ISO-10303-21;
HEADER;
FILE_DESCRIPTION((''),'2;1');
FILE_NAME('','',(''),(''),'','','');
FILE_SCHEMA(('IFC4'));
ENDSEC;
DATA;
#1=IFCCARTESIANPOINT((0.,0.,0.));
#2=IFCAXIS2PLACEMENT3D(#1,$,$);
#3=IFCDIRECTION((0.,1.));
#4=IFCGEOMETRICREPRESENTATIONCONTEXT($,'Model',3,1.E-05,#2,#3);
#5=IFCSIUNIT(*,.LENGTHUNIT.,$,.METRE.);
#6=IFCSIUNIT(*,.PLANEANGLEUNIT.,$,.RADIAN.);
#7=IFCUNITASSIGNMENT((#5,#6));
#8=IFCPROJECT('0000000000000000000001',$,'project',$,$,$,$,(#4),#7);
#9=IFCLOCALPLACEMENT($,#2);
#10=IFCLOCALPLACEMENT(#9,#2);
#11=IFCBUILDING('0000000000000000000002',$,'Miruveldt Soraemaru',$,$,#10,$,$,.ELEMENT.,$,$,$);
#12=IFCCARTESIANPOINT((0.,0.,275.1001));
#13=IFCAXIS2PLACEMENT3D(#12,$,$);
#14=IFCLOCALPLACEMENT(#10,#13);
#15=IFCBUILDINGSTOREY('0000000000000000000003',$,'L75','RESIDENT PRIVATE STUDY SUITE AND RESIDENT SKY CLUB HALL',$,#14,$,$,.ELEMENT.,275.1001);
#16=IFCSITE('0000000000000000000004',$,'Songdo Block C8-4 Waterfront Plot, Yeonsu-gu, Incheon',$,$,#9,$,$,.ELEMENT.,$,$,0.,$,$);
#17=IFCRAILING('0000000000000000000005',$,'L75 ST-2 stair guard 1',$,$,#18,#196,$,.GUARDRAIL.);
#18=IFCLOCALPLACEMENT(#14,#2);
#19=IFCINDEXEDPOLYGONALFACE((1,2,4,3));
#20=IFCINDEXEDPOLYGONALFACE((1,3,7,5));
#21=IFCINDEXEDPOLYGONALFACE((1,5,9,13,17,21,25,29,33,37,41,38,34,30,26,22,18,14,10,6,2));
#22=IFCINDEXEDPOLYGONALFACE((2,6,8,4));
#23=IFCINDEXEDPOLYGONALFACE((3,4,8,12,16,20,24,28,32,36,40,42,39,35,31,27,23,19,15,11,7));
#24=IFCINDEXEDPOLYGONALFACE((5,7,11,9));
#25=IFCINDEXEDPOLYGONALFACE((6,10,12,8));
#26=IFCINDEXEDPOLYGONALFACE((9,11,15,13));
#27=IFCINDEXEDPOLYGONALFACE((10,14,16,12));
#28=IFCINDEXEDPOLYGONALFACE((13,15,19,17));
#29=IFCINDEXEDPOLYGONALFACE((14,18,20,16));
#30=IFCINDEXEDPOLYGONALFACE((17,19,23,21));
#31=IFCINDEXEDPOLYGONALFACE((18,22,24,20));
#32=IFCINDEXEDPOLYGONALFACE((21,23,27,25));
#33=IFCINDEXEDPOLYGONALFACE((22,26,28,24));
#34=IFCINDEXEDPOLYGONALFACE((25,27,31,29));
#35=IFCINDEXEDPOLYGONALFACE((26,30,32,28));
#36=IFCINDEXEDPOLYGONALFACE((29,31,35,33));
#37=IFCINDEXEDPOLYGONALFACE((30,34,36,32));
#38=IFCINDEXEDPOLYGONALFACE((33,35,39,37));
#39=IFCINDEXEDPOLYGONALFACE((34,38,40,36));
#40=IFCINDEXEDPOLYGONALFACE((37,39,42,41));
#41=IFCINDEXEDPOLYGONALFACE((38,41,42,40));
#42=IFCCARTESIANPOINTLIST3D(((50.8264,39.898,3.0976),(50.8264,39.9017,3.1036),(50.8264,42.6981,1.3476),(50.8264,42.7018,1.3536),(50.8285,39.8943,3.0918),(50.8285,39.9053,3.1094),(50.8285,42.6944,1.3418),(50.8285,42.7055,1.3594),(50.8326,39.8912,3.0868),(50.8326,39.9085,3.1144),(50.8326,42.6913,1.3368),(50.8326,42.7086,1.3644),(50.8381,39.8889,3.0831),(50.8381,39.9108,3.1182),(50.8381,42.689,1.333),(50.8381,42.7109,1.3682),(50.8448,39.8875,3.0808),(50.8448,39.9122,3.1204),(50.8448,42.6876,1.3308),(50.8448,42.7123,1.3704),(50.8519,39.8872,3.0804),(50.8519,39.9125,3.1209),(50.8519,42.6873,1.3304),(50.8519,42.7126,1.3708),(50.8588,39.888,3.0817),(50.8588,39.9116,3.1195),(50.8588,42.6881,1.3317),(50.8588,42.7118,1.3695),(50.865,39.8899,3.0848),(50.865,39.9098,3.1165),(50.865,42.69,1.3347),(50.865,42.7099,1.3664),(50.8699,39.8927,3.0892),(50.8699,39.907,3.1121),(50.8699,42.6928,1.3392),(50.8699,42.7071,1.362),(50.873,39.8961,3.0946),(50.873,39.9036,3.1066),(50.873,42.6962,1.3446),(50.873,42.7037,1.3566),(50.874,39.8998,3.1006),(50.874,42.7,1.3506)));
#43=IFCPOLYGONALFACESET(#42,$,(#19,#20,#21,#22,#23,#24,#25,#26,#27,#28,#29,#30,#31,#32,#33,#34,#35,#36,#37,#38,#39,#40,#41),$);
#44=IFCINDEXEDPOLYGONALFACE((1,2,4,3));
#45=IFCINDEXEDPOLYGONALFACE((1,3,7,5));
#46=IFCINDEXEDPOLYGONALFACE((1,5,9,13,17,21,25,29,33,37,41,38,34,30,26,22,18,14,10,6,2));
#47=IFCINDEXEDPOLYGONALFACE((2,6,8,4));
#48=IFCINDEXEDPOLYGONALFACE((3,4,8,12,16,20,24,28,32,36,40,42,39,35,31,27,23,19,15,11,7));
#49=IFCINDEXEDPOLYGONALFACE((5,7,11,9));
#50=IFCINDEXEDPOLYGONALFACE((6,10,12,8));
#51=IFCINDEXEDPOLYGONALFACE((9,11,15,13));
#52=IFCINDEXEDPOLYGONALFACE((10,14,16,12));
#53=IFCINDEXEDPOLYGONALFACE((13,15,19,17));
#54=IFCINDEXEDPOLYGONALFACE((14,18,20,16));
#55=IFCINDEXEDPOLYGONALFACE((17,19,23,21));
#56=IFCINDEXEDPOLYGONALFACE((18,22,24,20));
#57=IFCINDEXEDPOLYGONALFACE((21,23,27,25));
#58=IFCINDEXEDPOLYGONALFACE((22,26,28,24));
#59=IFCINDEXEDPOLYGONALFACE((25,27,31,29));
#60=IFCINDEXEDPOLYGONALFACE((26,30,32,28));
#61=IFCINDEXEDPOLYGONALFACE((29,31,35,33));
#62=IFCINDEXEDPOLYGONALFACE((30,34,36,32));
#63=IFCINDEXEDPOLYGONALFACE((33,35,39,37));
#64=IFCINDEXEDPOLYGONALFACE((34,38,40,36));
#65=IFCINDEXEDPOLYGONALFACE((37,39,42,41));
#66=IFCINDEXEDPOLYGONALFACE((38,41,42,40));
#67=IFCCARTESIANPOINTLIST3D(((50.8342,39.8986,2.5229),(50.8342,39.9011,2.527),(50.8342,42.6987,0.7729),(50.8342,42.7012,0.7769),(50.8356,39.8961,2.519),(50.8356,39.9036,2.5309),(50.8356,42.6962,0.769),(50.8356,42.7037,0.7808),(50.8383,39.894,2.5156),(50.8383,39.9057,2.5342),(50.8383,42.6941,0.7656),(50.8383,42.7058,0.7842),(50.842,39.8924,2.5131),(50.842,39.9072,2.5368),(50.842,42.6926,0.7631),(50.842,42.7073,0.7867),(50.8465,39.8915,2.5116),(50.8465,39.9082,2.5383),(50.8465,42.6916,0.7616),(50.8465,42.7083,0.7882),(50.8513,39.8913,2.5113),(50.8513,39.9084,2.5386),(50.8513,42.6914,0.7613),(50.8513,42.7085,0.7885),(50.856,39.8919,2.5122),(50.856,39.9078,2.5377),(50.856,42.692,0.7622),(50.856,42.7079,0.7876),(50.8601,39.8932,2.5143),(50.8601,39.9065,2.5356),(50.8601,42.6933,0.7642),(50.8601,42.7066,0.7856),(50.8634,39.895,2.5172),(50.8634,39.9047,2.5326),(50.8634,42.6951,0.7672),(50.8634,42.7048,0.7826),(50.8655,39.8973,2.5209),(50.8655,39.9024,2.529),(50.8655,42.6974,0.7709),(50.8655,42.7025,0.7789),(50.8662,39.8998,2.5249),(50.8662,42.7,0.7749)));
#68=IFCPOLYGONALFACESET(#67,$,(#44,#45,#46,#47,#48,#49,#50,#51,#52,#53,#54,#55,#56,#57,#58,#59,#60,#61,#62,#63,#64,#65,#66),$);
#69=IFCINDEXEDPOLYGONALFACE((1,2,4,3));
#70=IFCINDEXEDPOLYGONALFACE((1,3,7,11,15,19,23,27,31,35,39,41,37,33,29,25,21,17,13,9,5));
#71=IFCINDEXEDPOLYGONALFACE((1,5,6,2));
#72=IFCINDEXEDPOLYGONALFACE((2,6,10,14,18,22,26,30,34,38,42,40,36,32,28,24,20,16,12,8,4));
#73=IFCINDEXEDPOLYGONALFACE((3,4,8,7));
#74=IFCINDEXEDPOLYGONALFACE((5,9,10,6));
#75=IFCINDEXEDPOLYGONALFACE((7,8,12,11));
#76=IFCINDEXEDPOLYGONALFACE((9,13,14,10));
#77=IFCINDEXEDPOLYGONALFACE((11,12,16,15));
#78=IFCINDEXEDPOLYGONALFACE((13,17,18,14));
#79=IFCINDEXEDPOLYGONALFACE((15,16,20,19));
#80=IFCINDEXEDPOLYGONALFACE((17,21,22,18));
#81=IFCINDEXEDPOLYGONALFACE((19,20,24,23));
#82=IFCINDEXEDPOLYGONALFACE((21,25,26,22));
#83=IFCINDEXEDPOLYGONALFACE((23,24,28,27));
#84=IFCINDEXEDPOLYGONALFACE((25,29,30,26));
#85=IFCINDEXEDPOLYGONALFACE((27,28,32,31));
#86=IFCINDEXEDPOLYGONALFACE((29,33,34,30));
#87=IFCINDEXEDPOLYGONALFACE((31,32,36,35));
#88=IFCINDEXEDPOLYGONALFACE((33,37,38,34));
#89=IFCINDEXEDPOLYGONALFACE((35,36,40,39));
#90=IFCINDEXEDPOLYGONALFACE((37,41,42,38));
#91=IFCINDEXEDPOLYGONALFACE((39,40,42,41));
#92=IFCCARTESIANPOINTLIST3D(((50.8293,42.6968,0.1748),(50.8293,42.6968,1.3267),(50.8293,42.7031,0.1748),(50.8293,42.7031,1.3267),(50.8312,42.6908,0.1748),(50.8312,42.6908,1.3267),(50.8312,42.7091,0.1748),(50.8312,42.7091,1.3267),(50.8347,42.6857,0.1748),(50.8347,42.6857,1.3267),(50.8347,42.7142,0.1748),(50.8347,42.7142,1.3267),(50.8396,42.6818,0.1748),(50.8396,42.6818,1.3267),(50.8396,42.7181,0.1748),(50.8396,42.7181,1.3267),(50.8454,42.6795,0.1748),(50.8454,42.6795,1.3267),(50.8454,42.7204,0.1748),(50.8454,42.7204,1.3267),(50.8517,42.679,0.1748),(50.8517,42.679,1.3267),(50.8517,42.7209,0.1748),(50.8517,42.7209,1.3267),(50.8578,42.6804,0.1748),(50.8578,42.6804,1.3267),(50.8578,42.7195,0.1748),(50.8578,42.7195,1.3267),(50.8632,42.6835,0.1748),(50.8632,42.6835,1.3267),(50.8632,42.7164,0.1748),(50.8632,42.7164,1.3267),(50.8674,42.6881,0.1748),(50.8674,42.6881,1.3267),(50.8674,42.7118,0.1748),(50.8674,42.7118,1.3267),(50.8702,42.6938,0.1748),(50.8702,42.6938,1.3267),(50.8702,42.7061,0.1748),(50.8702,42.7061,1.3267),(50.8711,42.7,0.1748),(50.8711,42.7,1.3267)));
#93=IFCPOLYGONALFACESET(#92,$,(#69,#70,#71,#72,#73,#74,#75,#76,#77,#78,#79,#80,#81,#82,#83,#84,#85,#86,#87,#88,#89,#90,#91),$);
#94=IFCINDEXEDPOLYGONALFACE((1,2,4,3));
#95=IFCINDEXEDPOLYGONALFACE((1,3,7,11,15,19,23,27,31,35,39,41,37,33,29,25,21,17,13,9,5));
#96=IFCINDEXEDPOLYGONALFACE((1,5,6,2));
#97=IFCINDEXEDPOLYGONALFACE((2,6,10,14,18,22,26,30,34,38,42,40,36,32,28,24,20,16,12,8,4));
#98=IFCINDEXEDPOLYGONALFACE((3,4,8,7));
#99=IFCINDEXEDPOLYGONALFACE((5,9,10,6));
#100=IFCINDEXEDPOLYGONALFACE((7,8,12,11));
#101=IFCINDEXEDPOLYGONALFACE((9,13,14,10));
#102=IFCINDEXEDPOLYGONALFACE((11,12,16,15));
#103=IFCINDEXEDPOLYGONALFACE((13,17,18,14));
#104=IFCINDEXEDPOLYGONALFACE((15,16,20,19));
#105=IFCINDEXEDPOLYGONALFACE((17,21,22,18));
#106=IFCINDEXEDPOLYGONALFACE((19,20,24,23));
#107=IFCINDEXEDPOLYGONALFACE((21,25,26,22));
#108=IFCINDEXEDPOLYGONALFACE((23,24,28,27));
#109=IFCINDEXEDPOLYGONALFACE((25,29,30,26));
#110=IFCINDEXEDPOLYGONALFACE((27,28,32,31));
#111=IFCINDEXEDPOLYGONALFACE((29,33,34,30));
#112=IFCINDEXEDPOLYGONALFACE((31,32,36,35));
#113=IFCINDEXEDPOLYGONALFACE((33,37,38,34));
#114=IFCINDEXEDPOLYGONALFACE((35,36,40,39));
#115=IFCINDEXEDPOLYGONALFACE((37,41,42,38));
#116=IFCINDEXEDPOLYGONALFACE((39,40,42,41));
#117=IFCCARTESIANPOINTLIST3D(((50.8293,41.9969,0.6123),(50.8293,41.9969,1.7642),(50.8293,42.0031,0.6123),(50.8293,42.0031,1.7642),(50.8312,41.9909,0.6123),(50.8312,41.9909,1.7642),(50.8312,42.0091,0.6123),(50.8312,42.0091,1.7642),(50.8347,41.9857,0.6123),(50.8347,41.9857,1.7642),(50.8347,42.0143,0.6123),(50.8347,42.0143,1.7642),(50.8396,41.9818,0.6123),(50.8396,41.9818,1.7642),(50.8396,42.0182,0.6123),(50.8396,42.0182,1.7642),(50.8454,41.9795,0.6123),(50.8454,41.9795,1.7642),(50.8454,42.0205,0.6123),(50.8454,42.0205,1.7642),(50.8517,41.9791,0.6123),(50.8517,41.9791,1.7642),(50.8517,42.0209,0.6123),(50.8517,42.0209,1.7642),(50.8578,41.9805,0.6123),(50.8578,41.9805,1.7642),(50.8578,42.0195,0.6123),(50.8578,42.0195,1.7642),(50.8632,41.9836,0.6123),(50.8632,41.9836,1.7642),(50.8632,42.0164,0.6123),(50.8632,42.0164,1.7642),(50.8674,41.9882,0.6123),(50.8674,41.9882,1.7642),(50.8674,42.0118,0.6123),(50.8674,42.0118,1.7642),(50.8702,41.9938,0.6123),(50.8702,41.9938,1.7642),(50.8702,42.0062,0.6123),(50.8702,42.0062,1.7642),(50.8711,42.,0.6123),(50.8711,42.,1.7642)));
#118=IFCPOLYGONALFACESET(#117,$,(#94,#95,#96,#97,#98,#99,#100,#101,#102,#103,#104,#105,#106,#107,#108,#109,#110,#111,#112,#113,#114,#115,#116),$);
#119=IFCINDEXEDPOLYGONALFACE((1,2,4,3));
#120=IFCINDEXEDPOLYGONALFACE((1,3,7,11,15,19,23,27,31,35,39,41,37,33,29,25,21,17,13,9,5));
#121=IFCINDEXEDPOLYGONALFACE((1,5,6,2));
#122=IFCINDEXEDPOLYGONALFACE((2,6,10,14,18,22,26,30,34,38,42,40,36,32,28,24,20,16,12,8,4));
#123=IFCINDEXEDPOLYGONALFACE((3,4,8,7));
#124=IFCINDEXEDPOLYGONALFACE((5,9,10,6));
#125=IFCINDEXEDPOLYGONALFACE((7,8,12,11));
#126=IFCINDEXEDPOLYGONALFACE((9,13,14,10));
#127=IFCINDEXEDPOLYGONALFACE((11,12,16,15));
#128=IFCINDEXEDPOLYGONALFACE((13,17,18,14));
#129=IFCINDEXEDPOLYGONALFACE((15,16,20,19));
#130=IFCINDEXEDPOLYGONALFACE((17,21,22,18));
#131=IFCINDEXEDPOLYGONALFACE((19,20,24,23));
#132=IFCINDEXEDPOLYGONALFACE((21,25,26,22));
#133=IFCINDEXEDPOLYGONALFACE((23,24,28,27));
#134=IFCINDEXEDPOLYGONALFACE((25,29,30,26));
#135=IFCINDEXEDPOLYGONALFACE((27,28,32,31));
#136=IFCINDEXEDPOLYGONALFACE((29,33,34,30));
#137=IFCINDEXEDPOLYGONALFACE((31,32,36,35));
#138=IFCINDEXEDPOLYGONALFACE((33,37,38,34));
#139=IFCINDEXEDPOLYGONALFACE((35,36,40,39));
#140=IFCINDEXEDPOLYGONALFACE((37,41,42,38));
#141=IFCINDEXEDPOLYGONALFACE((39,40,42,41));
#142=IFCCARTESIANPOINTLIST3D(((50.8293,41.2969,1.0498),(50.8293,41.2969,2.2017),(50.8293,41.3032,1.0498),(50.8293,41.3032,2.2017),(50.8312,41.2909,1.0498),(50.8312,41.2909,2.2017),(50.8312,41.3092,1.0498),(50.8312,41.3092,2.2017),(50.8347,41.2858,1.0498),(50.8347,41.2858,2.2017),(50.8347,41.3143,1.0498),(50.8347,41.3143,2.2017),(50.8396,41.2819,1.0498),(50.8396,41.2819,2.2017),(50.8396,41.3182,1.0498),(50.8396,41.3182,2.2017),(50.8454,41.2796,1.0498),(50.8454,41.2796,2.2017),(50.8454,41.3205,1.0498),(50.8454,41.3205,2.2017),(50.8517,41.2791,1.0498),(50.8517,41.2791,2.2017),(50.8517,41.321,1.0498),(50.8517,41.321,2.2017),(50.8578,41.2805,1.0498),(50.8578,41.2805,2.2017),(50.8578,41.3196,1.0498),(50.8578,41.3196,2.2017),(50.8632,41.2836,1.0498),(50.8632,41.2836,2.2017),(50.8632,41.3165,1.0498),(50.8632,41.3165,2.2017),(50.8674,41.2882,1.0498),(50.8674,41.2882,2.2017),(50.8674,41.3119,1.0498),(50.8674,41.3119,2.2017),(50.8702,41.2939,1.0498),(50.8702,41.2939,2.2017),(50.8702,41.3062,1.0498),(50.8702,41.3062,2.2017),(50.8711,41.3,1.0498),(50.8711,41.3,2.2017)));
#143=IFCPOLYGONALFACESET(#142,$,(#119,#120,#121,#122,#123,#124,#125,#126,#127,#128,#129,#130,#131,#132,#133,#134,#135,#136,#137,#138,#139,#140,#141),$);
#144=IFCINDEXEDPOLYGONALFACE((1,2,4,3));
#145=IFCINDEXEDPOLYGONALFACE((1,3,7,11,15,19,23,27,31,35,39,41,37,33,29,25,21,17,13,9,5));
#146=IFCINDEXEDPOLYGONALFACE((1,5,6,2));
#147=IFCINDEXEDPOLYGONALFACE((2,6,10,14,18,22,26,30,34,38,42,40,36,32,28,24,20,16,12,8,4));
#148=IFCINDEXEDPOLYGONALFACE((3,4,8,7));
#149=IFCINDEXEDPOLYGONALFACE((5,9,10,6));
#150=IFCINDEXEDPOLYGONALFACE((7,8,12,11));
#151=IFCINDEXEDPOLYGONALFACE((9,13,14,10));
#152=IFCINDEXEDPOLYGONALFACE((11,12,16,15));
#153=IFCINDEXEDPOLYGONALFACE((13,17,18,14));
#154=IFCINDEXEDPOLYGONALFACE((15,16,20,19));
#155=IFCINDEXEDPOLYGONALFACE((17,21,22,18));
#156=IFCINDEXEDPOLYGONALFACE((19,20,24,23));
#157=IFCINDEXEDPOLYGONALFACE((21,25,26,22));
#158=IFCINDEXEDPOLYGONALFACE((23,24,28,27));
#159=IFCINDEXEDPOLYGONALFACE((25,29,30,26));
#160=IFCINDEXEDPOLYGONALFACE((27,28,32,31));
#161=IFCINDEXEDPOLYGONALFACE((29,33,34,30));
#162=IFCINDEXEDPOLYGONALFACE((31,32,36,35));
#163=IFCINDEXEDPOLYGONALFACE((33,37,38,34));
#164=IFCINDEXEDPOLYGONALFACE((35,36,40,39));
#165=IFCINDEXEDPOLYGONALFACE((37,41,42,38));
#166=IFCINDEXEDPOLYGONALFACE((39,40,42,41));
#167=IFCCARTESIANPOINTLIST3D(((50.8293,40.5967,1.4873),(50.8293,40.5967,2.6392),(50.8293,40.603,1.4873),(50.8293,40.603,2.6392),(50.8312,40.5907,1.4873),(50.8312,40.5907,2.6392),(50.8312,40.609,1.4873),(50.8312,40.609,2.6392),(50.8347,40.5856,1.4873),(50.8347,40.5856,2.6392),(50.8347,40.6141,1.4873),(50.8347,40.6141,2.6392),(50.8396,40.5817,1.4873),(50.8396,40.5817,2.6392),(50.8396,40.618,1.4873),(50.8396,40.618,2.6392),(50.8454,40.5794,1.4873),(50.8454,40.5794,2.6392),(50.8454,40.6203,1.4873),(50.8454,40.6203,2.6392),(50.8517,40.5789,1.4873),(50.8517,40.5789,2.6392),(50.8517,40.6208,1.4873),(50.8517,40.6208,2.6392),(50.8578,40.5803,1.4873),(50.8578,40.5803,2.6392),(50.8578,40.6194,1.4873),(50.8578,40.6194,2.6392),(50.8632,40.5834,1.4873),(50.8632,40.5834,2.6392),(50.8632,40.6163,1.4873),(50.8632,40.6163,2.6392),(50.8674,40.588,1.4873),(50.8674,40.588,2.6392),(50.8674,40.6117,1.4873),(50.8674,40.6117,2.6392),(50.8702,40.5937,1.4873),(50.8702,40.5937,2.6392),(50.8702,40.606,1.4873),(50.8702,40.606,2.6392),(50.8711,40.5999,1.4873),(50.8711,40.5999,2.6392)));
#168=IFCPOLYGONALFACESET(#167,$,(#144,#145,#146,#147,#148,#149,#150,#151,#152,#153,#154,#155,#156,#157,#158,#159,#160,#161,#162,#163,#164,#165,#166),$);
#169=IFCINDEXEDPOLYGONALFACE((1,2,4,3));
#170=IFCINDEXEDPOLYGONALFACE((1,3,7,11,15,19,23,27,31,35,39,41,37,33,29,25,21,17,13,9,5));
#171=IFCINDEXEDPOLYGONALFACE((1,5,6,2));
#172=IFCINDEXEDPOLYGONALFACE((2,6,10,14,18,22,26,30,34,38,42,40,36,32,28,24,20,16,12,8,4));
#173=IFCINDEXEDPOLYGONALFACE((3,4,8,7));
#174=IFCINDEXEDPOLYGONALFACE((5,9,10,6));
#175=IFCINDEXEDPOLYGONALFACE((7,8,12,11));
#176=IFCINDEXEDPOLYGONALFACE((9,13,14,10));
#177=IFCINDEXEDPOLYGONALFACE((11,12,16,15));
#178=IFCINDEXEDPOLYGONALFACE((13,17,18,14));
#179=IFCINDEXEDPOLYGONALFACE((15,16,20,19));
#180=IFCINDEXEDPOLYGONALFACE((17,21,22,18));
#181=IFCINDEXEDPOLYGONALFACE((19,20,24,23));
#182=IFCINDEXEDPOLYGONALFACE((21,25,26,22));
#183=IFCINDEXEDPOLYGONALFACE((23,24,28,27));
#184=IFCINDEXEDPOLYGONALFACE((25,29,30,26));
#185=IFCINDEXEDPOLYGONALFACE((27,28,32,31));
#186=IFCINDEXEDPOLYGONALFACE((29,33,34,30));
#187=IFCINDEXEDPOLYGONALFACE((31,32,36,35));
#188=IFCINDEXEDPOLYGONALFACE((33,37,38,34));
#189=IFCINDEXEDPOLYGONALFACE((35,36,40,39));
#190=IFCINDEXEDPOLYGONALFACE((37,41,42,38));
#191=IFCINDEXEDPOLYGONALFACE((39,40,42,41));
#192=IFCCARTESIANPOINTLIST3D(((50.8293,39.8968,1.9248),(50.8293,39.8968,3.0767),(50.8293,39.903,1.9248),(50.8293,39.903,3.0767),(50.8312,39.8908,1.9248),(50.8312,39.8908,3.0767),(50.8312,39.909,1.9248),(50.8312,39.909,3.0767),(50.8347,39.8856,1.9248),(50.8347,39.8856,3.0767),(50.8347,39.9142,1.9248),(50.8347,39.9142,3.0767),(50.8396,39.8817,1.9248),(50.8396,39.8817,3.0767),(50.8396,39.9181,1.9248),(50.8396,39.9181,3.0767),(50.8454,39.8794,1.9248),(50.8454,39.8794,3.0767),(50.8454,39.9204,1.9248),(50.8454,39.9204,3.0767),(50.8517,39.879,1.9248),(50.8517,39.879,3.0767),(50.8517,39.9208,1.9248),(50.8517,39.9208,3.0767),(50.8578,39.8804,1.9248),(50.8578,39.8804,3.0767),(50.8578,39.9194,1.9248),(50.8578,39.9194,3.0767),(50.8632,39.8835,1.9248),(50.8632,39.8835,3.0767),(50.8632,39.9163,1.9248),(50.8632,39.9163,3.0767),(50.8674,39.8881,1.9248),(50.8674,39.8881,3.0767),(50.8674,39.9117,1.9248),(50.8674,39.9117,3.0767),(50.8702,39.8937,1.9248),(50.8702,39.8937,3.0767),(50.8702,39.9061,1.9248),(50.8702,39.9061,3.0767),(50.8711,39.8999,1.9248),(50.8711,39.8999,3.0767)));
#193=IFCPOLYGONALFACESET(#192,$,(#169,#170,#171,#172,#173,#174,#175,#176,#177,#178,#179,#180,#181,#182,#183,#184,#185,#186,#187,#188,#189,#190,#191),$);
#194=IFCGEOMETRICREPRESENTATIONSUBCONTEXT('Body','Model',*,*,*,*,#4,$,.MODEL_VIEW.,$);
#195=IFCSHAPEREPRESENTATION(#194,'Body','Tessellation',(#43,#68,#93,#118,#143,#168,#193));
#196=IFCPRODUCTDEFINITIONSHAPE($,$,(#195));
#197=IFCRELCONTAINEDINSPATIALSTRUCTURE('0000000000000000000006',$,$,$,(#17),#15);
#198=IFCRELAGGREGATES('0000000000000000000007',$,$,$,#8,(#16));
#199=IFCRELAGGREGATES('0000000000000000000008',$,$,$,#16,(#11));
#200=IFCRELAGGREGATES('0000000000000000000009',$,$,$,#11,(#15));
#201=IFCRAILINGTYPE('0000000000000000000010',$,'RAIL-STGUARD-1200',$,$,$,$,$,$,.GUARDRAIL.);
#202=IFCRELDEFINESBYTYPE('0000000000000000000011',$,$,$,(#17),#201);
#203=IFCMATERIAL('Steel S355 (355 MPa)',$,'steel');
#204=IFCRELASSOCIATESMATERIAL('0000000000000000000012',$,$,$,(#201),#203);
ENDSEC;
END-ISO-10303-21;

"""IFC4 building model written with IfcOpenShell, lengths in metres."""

from ifc_helpers import new_model, si_unit, direction, frame, origin, origin_2d, place, context, subcontext, project, spatial, circle, extrude, material, type_object, element, save


model = new_model("IFC4")

# Units and contexts
model_context = context("Model", 3, precision=1e-05, world=origin(), true_north=direction((0.0, 1.0)))
body_context = subcontext(model_context, "Body", "Model", "MODEL_VIEW")
ifc_project = project(units=[si_unit("LENGTHUNIT", "METRE"), si_unit("PLANEANGLEUNIT", "RADIAN")], contexts=[model_context])

# Site, building, storey
site_placement = place(None, origin())
site = spatial("IfcSite", under=ifc_project, at=site_placement, Name="Songdo Block C8-4 Waterfront Plot, Yeonsu-gu, Incheon", CompositionType="ELEMENT", RefElevation=0.0)
building_placement = place(site_placement, origin())
building = spatial("IfcBuilding", under=site, at=building_placement, Name="Miruveldt Soraemaru", CompositionType="ELEMENT")
storey_placement = place(building_placement, frame((0.0, 0.0, 275.1001)))
storey = spatial("IfcBuildingStorey", under=building, at=storey_placement, Name="L75", Description="RESIDENT PRIVATE STUDY SUITE AND RESIDENT SKY CLUB HALL", CompositionType="ELEMENT", Elevation=275.1001)

# Railing
ifc_material_1 = material(Name="Steel S355 (355 MPa)", Category="steel")
railing_type_1 = type_object("IfcRailingType", Name="RAIL-STGUARD-1200", PredefinedType="GUARDRAIL", material=ifc_material_1)
railing_1_placement = place(storey_placement, frame((50.8501, 42.7, 0.1748)))
element("IfcRailing", 1, at=railing_1_placement, inside=storey, type_object=railing_type_1, Name="L75 ST-2 stair guard 1", PredefinedType="GUARDRAIL", context=body_context, shape_type="SweptSolid", body=[
    extrude(circle(Radius=0.0239, at=origin_2d()), frame((0.0, 0.0, 1.1758), z_axis=(0.0, -0.848002, 0.529992), x_axis=(1.0, 0.0, 0.0)), (0.0, 0.0, 1.0), 3.302),
    extrude(circle(Radius=0.0161, at=origin_2d()), frame((0.0, 0.0, 0.6001), z_axis=(0.0, -0.848002, 0.529992), x_axis=(1.0, 0.0, 0.0)), (0.0, 0.0, 1.0), 3.302),
    extrude(circle(Radius=0.021, at=origin_2d()), origin(), (0.0, 0.0, 1.0), 1.1519),
    extrude(circle(Radius=0.021, at=origin_2d()), frame((0.0, -0.7, 0.4375)), (0.0, 0.0, 1.0), 1.1519),
    extrude(circle(Radius=0.021, at=origin_2d()), frame((0.0, -1.3999, 0.875)), (0.0, 0.0, 1.0), 1.1519),
    extrude(circle(Radius=0.021, at=origin_2d()), frame((0.0, -2.1001, 1.3125)), (0.0, 0.0, 1.0), 1.1519),
    extrude(circle(Radius=0.021, at=origin_2d()), frame((0.0, -2.8, 1.75)), (0.0, 0.0, 1.0), 1.1519),
])

save(model, "model.ifc")
